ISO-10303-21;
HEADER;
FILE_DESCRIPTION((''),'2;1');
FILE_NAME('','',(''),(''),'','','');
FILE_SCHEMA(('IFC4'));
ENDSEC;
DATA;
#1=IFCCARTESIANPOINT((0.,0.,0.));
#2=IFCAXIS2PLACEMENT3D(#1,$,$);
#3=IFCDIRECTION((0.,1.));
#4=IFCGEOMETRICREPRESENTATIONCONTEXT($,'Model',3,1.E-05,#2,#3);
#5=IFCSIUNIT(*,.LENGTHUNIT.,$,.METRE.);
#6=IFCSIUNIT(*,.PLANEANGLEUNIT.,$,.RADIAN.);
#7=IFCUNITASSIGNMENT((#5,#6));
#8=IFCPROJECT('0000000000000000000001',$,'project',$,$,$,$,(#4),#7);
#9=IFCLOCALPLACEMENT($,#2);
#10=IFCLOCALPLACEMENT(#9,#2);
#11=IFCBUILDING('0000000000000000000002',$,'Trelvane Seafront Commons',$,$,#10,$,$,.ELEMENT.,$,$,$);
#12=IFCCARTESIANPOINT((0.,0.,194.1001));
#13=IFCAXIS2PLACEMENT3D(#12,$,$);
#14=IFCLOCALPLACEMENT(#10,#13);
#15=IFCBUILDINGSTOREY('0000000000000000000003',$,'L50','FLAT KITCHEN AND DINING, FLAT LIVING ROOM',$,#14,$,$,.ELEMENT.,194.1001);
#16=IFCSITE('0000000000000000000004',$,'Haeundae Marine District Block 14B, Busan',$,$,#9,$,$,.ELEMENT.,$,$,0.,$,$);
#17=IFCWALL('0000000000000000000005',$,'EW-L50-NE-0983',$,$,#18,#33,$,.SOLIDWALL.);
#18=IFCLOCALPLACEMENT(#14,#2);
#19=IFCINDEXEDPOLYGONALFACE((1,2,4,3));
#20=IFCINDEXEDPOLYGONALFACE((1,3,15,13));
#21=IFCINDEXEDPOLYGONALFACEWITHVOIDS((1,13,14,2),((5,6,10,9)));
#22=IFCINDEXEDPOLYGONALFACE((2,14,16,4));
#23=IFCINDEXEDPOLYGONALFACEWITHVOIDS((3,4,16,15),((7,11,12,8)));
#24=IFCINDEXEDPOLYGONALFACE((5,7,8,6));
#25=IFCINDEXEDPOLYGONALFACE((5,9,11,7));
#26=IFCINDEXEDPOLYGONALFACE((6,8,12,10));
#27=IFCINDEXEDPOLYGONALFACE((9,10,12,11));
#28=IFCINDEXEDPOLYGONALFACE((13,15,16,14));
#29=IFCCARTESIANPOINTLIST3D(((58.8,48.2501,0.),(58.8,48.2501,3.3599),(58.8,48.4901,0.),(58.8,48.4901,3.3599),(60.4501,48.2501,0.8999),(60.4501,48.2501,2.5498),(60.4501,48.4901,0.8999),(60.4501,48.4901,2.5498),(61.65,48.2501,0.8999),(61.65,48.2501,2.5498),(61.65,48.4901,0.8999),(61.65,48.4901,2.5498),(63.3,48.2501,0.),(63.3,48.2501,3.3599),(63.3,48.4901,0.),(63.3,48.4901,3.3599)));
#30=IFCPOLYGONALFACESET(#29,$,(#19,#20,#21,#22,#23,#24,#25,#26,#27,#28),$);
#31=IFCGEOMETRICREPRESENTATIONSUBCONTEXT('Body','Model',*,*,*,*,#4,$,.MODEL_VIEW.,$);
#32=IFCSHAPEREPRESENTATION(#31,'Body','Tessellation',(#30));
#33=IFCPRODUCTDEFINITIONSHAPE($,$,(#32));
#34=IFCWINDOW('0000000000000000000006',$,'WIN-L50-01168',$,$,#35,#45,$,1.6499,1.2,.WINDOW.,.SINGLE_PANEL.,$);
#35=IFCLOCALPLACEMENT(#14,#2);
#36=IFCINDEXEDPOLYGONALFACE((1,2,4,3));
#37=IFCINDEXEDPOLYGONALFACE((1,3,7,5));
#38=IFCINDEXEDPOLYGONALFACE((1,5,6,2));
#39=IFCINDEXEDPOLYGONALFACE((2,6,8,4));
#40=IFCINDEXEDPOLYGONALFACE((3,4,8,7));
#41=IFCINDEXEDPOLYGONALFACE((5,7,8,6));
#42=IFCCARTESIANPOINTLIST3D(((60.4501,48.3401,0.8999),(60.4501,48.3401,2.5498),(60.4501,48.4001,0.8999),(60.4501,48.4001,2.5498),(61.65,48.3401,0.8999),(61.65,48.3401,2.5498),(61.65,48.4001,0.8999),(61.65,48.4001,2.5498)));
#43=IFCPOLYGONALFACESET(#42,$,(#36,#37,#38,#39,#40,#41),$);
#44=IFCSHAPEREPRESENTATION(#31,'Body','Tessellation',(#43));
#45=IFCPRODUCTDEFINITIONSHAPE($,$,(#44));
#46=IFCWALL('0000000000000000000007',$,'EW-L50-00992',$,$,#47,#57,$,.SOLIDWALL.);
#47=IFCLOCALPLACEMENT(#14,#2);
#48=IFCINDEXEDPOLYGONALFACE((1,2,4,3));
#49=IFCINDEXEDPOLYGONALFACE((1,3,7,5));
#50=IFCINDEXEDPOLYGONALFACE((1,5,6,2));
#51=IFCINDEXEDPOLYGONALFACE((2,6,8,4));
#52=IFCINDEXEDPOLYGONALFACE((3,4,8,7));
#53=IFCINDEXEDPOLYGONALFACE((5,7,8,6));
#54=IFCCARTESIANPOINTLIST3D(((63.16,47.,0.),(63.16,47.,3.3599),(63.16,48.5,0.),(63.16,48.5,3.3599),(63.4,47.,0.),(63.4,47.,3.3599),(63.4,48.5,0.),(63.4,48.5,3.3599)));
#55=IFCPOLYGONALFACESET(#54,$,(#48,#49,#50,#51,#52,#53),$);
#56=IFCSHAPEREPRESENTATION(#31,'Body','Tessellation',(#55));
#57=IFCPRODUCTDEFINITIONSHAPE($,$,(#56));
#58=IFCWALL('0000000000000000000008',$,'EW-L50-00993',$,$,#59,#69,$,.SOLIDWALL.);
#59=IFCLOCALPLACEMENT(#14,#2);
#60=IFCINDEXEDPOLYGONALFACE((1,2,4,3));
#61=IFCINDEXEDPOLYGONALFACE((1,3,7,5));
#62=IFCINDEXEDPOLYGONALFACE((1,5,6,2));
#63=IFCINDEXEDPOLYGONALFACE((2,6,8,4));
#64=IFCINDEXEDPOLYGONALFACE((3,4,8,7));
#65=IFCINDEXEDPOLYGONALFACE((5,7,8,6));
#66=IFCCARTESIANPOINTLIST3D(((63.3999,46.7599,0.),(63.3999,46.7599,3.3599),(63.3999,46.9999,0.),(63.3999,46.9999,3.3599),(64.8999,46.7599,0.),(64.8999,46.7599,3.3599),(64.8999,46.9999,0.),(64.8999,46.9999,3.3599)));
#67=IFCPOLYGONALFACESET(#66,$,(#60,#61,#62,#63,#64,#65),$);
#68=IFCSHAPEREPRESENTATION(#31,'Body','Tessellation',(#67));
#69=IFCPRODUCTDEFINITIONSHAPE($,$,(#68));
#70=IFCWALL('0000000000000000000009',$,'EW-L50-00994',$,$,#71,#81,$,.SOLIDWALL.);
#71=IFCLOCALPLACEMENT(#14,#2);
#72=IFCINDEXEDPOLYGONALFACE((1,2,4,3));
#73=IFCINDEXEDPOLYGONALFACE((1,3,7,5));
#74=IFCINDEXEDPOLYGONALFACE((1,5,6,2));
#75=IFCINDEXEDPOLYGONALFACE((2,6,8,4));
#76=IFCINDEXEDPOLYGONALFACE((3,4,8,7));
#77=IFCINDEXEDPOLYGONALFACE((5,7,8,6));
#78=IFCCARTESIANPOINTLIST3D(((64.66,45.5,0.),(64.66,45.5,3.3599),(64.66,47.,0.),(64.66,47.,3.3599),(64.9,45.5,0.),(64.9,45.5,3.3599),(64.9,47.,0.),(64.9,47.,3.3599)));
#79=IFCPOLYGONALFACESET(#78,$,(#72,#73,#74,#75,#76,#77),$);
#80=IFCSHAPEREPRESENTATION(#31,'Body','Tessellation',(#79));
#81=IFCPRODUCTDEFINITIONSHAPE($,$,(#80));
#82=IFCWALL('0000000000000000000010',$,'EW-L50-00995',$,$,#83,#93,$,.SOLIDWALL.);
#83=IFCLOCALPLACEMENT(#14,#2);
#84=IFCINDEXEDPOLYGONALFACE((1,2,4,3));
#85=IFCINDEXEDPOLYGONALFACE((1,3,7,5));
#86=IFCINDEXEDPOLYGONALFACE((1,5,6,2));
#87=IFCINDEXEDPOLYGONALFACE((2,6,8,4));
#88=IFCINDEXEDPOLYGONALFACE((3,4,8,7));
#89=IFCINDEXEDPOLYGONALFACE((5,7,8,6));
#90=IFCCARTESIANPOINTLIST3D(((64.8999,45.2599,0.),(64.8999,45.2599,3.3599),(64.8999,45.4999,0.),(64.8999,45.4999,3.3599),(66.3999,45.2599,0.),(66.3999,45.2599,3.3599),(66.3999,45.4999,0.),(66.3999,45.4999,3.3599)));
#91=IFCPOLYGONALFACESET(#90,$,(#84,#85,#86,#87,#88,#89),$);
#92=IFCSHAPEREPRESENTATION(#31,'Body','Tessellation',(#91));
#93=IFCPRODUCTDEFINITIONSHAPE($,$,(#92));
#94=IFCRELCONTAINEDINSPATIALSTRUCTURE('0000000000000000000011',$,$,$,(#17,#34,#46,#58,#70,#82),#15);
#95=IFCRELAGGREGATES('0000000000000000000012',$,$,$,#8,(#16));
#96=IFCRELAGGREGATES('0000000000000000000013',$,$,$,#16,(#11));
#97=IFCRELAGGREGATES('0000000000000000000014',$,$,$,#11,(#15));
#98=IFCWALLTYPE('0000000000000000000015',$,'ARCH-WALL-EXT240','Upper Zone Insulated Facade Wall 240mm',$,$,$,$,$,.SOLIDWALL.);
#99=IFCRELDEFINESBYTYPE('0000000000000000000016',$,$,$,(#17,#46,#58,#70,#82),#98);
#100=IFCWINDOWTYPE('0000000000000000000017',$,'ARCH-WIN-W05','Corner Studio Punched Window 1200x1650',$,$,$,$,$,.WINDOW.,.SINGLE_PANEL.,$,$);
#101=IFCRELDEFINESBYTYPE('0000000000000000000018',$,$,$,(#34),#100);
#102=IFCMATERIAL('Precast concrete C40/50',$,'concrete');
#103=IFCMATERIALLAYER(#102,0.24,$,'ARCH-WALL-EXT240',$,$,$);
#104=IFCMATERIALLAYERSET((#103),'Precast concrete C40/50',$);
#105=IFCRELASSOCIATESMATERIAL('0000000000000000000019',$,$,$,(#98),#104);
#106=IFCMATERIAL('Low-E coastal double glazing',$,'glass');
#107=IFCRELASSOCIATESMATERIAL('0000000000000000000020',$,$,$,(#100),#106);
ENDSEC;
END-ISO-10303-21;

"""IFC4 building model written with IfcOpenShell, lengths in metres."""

from ifc_helpers import new_model, si_unit, direction, frame, frame_2d, origin, place, context, subcontext, project, spatial, rectangle, extrude, source, transform, mapped, material, layer, layer_set, type_object, element, fill, save


model = new_model("IFC4")

# Units and contexts
model_context = context("Model", 3, precision=1e-05, world=origin(), true_north=direction((0.0, 1.0)))
body_context = subcontext(model_context, "Body", "Model", "MODEL_VIEW")
ifc_project = project(units=[si_unit("LENGTHUNIT", "METRE"), si_unit("PLANEANGLEUNIT", "RADIAN")], contexts=[model_context])

# Site, building, storey
site_placement = place(None, origin())
site = spatial("IfcSite", under=ifc_project, at=site_placement, Name="Haeundae Marine District Block 14B, Busan", CompositionType="ELEMENT", RefElevation=0.0)
building_placement = place(site_placement, origin())
building = spatial("IfcBuilding", under=site, at=building_placement, Name="Trelvane Seafront Commons", CompositionType="ELEMENT")
storey_placement = place(building_placement, frame((0.0, 0.0, 194.1001)))
storey = spatial("IfcBuildingStorey", under=building, at=storey_placement, Name="L50", Description="FLAT KITCHEN AND DINING, FLAT LIVING ROOM", CompositionType="ELEMENT", Elevation=194.1001)

# Shared definitions
ifc_material_1 = material(Name="Low-E coastal double glazing", Category="glass")

# Wall, opening, window
ifc_material_2 = material(Name="Precast concrete C40/50", Category="concrete")
ifc_layer_1 = layer(ifc_material_2, 0.24, Name="ARCH-WALL-EXT240")
ifc_layer_set_1 = layer_set([ifc_layer_1], Name="Precast concrete C40/50")
wall_type = type_object("IfcWallType", Name="ARCH-WALL-EXT240", Description="Upper Zone Insulated Facade Wall 240mm", PredefinedType="SOLIDWALL", material=ifc_layer_set_1)
wall_1_placement = place(storey_placement, frame((58.8, 48.3701, 0.0), z_axis=(0.0, 0.0, 1.0), x_axis=(1.0, 0.0, 0.0)))
wall_1 = element("IfcWall", 1, at=wall_1_placement, inside=storey, type_object=wall_type, Name="EW-L50-NE-0983", PredefinedType="SOLIDWALL", context=body_context, shape_type="SweptSolid", body=[
    extrude(rectangle(XDim=4.5, YDim=0.24, at=frame_2d((2.25, 0.0))), origin(), (0.0, 0.0, 1.0), 3.3599),
])
opening_1_placement = place(wall_1_placement, frame((1.6499, 0.0, 0.8999)))
opening_1 = element("IfcOpeningElement", 2, at=opening_1_placement, cuts=wall_1, PredefinedType="OPENING", context=body_context, shape_type="SweptSolid", body=[
    extrude(rectangle(XDim=1.2, YDim=1.6499, at=frame_2d((0.6001, 0.825))), frame((0.0, 0.1299, 0.0), z_axis=(0.0, -1.0, 0.0), x_axis=(1.0, 0.0, 0.0)), (0.0, 0.0, 1.0), 0.26),
])
window_type_1 = type_object("IfcWindowType", Name="ARCH-WIN-W05", Description="Corner Studio Punched Window 1200x1650", PartitioningType="SINGLE_PANEL", PredefinedType="WINDOW", material=ifc_material_1)
shared_shape_1 = source(origin(), body_context, "Body", "SweptSolid", [
    extrude(rectangle(XDim=1.2, YDim=1.6499, at=frame_2d((0.6001, 0.825))), frame((0.0, 0.03, 0.0), z_axis=(0.0, -1.0, 0.0), x_axis=(1.0, 0.0, 0.0)), (0.0, 0.0, 1.0), 0.0601),
])
window_1_placement = place(opening_1_placement, origin())
window_1 = element("IfcWindow", 3, at=window_1_placement, inside=storey, type_object=window_type_1, Name="WIN-L50-01168", OverallHeight=1.6499, OverallWidth=1.2, PartitioningType="SINGLE_PANEL", PredefinedType="WINDOW", context=body_context, shape_type="MappedRepresentation", body=[
    mapped(shared_shape_1, transform((0.0, 0.0, 0.0), x_axis=(1.0, 0.0, 0.0), y_axis=(0.0, 1.0, 0.0), z_axis=(0.0, 0.0, 1.0), scale=1.0)),
])
fill(opening_1, window_1)

# Walls
for number, where, z_axis, x_axis, name in (
    (4, (63.28, 48.5, 0.0), (0.0, 0.0, 1.0), (0.0, -1.0, 0.0), "EW-L50-00992"),
    (5, (63.3999, 46.8799, 0.0), (0.0, 0.0, 1.0), (1.0, 0.0, 0.0), "EW-L50-00993"),
    (6, (64.78, 47.0, 0.0), (0.0, 0.0, 1.0), (0.0, -1.0, 0.0), "EW-L50-00994"),
    (7, (64.8999, 45.3799, 0.0), (0.0, 0.0, 1.0), (1.0, 0.0, 0.0), "EW-L50-00995"),
):
    element("IfcWall", number, at=place(storey_placement, frame(where, z_axis=z_axis, x_axis=x_axis)), inside=storey, type_object=wall_type, Name=name, PredefinedType="SOLIDWALL", context=body_context, shape_type="SweptSolid", body=[
        extrude(rectangle(XDim=1.5, YDim=0.24, at=frame_2d((0.75, 0.0))), origin(), (0.0, 0.0, 1.0), 3.3599),
    ])

save(model, "model.ifc")
